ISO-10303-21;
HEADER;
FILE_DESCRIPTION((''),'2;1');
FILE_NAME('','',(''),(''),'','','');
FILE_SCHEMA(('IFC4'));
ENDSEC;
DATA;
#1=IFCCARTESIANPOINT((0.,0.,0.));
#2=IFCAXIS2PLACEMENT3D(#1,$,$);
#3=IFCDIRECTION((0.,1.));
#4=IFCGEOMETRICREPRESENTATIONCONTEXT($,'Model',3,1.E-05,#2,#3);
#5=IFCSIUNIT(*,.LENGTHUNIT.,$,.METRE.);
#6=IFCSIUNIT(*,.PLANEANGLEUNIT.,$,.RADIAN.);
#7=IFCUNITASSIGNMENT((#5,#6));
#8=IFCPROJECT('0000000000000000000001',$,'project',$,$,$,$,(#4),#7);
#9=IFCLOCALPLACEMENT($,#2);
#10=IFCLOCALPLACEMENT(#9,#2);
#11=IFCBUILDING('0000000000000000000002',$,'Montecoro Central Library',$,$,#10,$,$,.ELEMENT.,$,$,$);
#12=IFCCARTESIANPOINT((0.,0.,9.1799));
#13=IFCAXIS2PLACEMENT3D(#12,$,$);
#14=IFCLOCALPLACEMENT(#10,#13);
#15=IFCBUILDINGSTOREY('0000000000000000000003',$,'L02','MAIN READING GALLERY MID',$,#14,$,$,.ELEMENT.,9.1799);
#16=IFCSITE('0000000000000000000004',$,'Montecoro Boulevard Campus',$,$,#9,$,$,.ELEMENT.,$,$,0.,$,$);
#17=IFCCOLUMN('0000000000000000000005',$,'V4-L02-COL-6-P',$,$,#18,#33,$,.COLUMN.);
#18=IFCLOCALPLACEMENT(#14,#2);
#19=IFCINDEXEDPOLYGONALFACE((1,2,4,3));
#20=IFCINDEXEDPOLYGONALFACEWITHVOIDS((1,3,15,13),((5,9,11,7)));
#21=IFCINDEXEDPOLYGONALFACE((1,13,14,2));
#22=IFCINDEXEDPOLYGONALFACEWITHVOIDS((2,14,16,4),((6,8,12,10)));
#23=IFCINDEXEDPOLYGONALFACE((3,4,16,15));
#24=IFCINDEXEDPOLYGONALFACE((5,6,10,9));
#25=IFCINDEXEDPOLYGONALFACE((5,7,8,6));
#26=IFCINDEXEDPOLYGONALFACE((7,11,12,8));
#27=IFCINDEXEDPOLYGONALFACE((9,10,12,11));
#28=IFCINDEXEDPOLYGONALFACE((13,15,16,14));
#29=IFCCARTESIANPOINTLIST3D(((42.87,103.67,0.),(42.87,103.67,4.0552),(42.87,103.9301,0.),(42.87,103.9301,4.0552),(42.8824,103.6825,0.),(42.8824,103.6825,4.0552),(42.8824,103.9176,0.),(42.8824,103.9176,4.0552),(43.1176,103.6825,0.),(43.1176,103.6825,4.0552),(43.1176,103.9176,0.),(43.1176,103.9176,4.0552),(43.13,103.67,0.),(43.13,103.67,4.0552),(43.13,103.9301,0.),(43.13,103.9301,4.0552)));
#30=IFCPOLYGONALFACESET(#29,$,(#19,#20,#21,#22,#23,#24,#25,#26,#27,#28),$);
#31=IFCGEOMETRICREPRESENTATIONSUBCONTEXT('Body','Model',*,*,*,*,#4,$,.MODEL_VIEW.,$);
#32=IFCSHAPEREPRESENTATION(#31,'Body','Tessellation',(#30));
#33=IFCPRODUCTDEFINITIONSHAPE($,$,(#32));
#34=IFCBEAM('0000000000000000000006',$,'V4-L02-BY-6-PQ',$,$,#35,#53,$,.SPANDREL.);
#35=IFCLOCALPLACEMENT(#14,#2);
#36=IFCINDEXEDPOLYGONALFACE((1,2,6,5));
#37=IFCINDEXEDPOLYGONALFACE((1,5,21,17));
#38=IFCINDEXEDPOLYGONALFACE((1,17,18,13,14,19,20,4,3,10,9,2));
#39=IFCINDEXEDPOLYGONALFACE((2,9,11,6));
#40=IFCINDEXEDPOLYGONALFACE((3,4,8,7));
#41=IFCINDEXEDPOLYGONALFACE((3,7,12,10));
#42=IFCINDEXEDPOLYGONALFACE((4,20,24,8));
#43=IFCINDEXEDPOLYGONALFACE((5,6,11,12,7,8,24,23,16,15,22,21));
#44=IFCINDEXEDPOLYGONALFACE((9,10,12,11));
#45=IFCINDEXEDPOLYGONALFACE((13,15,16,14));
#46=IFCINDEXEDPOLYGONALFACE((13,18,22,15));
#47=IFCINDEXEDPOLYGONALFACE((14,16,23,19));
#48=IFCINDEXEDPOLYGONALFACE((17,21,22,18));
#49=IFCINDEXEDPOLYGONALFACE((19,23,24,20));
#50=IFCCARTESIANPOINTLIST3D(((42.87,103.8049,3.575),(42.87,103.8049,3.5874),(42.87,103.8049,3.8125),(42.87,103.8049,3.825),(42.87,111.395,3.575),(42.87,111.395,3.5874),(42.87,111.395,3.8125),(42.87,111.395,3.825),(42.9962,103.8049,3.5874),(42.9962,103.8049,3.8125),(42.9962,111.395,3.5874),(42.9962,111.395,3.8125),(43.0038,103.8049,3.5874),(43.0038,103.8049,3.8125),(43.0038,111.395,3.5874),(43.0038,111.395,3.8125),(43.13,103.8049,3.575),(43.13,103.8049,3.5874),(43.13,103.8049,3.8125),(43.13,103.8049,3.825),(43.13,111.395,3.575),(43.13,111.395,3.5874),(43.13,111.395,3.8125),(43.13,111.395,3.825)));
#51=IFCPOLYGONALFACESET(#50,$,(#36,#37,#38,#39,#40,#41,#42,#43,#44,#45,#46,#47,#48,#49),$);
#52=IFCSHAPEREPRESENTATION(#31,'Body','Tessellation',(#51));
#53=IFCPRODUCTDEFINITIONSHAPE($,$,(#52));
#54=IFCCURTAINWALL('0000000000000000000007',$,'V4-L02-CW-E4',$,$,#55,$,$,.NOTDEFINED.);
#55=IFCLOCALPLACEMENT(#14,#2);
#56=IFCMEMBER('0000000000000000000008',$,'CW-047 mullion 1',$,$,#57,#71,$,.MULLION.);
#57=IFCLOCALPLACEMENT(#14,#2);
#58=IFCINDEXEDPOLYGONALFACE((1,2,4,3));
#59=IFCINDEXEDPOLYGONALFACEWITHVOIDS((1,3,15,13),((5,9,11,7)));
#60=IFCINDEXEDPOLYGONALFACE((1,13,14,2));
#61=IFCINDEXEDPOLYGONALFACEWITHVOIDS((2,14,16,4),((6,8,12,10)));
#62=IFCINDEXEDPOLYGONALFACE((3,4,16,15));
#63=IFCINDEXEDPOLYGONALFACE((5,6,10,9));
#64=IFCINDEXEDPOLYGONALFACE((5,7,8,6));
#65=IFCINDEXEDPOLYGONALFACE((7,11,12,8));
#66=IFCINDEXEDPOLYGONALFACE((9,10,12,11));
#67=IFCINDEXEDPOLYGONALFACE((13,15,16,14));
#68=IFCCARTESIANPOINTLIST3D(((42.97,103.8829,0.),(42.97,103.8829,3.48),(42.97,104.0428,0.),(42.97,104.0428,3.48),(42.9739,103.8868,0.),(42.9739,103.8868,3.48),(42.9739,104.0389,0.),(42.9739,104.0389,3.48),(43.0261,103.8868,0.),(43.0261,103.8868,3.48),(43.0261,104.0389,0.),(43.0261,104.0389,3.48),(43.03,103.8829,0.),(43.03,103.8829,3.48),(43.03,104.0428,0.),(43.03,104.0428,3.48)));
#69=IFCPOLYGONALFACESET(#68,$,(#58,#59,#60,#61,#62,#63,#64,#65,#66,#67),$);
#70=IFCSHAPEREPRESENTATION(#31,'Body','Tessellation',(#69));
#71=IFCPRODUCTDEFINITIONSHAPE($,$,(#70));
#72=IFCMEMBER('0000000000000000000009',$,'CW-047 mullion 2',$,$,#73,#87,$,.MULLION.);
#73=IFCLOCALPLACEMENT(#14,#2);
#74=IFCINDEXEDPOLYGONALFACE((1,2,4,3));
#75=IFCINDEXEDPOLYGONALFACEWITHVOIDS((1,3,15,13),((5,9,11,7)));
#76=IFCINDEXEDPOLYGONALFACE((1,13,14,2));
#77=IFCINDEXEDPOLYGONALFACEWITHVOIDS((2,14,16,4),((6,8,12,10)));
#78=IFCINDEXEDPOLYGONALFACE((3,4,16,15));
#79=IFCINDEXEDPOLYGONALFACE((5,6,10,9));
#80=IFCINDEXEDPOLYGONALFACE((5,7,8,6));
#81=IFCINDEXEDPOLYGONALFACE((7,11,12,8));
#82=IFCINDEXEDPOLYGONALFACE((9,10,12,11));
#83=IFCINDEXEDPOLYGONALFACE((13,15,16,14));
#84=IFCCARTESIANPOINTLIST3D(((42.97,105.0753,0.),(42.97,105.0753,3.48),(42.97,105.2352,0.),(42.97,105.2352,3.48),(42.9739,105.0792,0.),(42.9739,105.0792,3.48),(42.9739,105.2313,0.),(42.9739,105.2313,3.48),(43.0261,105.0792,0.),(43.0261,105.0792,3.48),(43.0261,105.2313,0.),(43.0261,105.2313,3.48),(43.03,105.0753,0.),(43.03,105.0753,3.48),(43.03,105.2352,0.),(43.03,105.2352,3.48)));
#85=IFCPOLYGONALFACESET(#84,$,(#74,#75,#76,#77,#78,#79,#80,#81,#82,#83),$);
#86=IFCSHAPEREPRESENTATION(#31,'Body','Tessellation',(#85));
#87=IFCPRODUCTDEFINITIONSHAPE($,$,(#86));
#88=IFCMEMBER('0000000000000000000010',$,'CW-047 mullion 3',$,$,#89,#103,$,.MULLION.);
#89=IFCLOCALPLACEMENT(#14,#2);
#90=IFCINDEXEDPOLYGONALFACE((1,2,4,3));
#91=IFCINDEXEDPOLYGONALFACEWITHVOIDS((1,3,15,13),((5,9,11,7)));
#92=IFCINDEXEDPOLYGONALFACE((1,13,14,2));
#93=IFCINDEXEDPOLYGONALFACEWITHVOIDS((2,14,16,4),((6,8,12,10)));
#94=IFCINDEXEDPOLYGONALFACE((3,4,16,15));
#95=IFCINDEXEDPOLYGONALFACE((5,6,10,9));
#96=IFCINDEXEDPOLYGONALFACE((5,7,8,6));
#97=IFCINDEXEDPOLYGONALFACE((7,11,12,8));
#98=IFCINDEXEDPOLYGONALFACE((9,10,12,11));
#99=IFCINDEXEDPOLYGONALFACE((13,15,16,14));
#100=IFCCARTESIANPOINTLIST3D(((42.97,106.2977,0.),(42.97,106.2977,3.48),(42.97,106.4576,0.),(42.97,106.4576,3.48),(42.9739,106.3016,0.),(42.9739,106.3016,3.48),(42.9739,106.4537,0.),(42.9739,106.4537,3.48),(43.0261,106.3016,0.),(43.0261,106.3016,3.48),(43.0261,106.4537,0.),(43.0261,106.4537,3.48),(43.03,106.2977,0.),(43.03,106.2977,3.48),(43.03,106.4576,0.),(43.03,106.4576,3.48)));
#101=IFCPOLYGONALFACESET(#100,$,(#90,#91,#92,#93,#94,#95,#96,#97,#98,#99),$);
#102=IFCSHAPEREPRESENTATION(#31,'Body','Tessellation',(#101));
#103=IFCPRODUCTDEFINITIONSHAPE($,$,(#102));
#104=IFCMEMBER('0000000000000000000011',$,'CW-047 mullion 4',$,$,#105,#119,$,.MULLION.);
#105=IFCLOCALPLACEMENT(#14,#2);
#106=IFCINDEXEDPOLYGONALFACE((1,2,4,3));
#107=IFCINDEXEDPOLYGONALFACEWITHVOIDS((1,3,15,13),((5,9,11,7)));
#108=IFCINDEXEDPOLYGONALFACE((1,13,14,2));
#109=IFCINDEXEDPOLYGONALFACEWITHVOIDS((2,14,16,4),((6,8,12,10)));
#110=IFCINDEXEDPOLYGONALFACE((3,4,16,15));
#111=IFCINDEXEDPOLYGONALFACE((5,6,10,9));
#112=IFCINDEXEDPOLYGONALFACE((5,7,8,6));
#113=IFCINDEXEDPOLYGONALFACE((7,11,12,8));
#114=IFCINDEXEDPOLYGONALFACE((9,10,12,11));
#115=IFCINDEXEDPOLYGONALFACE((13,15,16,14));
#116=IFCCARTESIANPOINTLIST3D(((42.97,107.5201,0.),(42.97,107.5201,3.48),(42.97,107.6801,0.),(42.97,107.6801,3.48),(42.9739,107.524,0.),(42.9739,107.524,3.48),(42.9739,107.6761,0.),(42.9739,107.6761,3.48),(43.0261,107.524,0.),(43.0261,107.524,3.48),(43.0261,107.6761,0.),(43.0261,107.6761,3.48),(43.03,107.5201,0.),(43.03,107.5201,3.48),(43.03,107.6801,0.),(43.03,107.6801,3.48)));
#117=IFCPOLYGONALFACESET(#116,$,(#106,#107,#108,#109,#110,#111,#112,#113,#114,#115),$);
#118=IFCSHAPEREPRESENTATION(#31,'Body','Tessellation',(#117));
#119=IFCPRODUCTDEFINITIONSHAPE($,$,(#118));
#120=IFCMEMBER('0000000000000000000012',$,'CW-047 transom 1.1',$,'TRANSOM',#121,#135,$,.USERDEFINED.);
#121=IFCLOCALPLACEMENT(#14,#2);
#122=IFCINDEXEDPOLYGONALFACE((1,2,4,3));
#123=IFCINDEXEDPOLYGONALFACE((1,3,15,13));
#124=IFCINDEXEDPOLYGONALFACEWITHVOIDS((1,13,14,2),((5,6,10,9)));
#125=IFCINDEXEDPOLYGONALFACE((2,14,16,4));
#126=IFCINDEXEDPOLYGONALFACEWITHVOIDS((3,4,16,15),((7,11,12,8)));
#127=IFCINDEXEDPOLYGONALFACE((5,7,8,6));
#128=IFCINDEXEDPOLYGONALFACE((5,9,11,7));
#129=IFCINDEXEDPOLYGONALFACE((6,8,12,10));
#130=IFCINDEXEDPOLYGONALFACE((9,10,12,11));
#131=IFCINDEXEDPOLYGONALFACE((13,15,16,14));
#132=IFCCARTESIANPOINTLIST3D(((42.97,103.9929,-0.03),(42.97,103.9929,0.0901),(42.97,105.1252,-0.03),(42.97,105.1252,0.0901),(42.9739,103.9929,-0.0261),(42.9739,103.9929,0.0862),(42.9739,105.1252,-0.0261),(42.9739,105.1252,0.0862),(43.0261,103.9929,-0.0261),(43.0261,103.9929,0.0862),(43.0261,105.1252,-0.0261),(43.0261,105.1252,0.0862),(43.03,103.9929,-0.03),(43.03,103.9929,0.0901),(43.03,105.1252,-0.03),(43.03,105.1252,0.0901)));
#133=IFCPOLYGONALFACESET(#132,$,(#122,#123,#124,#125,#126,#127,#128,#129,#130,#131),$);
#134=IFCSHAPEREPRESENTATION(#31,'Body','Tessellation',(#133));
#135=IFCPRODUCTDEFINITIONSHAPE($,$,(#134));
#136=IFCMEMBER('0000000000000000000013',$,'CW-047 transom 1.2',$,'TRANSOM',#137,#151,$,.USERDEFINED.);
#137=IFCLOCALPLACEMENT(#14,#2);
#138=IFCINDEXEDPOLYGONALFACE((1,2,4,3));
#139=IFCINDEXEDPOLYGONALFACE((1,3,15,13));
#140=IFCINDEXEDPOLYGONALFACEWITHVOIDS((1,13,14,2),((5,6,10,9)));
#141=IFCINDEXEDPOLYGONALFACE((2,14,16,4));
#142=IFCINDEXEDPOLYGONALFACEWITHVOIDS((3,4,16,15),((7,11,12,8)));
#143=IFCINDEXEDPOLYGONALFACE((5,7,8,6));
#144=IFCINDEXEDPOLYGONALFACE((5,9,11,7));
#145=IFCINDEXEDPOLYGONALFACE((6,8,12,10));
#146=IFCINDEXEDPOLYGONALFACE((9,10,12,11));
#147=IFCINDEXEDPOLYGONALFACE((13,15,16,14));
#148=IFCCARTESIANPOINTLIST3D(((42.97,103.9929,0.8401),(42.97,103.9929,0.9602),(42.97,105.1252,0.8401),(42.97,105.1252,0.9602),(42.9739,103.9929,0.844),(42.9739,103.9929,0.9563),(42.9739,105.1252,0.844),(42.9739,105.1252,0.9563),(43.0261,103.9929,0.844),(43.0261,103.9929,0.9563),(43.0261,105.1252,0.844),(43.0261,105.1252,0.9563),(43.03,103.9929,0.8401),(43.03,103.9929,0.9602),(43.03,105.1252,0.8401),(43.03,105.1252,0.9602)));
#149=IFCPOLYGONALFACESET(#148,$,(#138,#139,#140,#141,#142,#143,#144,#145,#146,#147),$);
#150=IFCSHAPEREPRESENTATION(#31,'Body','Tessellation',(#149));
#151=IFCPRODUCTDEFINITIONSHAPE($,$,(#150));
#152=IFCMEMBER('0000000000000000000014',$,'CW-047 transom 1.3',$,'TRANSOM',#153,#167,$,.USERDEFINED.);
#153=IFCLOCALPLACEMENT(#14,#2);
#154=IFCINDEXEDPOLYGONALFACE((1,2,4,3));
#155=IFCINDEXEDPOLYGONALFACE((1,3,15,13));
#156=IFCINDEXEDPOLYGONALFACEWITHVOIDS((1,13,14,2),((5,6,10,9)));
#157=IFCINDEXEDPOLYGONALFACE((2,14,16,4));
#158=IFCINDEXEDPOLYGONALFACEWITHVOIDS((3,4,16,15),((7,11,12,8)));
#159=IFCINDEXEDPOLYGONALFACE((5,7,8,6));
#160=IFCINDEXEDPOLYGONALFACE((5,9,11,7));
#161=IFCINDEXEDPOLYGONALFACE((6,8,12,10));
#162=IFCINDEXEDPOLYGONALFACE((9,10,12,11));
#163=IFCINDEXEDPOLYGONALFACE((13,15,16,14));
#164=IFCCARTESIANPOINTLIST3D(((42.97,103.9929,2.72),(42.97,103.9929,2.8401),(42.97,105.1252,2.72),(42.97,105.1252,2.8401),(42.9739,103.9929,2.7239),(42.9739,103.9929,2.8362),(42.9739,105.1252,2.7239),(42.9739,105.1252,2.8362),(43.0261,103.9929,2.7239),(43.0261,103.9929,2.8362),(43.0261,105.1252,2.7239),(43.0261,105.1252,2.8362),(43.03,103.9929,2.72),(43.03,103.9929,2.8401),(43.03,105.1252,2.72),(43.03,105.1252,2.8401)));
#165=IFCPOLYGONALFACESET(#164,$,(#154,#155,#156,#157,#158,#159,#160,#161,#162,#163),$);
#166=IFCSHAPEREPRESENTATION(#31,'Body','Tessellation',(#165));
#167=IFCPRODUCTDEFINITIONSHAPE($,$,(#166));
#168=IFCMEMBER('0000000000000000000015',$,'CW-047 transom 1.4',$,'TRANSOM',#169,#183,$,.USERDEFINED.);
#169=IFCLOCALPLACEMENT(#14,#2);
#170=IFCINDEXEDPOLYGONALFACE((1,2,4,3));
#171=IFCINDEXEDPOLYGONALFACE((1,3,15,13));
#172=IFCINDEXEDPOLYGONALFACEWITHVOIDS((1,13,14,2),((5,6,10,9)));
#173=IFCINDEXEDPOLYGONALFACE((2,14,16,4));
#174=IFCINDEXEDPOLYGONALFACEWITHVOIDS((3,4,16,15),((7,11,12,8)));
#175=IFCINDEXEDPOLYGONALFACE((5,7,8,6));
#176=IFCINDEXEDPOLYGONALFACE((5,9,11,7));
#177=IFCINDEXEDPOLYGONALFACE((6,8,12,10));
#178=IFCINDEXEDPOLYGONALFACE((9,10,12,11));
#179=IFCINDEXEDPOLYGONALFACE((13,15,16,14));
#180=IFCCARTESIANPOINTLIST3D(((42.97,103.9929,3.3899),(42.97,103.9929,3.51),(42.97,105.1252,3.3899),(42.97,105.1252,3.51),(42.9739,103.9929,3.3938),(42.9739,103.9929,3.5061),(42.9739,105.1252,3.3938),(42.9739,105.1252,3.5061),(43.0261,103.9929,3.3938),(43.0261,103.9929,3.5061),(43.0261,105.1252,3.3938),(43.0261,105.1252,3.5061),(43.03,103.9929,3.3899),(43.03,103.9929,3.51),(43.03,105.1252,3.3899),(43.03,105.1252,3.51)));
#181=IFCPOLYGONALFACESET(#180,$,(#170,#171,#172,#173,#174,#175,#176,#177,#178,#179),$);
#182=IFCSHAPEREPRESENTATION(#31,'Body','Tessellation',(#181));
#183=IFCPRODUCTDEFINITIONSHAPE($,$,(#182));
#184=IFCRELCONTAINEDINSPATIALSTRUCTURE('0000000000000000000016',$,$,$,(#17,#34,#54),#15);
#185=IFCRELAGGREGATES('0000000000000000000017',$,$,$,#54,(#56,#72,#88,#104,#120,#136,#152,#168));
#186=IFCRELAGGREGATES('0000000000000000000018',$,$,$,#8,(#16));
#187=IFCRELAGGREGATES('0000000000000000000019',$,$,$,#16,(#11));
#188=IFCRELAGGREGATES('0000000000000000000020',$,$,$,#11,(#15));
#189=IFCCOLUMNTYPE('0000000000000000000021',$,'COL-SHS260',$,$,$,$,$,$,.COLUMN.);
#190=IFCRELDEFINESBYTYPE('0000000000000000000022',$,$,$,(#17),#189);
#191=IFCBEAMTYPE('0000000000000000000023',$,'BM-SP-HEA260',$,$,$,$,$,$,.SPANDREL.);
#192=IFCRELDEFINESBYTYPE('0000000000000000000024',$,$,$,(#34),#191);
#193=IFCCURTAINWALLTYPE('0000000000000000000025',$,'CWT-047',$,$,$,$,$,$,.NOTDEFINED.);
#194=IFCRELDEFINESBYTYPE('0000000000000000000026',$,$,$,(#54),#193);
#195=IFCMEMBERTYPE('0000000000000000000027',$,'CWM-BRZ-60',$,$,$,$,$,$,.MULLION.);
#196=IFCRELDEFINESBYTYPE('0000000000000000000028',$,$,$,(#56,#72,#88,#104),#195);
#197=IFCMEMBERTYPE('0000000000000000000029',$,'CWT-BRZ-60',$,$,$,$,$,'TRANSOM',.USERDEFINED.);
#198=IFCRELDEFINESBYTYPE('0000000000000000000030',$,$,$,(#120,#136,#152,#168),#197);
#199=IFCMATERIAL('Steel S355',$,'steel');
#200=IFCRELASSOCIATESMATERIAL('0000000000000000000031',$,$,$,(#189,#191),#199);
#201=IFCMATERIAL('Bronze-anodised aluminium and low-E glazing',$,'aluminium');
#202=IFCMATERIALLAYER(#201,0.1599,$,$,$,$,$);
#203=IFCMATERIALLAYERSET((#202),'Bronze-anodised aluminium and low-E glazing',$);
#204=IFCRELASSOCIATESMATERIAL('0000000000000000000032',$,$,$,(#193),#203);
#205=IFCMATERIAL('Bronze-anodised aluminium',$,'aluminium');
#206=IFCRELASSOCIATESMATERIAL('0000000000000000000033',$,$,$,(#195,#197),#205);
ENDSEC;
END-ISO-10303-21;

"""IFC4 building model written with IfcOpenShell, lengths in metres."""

from ifc_helpers import new_model, si_unit, direction, frame, origin, origin_2d, place, context, subcontext, project, spatial, hollow_rectangle, i_section, extrude, material, layer, layer_set, material_profile, profile_set, type_object, element, aggregate, save


model = new_model("IFC4")

# Units and contexts
model_context = context("Model", 3, precision=1e-05, world=origin(), true_north=direction((0.0, 1.0)))
body_context = subcontext(model_context, "Body", "Model", "MODEL_VIEW")
ifc_project = project(units=[si_unit("LENGTHUNIT", "METRE"), si_unit("PLANEANGLEUNIT", "RADIAN")], contexts=[model_context])

# Site, building, storey
site_placement = place(None, origin())
site = spatial("IfcSite", under=ifc_project, at=site_placement, Name="Montecoro Boulevard Campus", CompositionType="ELEMENT", RefElevation=0.0)
building_placement = place(site_placement, origin())
building = spatial("IfcBuilding", under=site, at=building_placement, Name="Montecoro Central Library", CompositionType="ELEMENT")
storey_placement = place(building_placement, frame((0.0, 0.0, 9.1799)))
storey = spatial("IfcBuildingStorey", under=building, at=storey_placement, Name="L02", Description="MAIN READING GALLERY MID", CompositionType="ELEMENT", Elevation=9.1799)

# Column
ifc_material_1 = material(Name="Steel S355", Category="steel")
ifc_material_profile_1 = material_profile(ifc_material_1, hollow_rectangle(XDim=0.26, YDim=0.26, WallThickness=0.0125, at=origin_2d()), Name="SHS 260x260x12.5")
ifc_profile_set_1 = profile_set([ifc_material_profile_1], Name="Steel S355")
column_type = type_object("IfcColumnType", Name="COL-SHS260", PredefinedType="COLUMN", material=ifc_profile_set_1)
column_placement = place(storey_placement, frame((43.0, 103.8, 0.0), z_axis=(0.0, 0.0, 1.0), x_axis=(1.0, 0.0, 0.0)))
element("IfcColumn", 1, at=column_placement, inside=storey, type_object=column_type, Name="V4-L02-COL-6-P", PredefinedType="COLUMN", context=body_context, shape_type="SweptSolid", body=[
    extrude(hollow_rectangle(XDim=0.26, YDim=0.26, WallThickness=0.0125, at=origin_2d()), origin(), (0.0, 0.0, 1.0), 4.0552),
])

# Beam
ifc_material_profile_2 = material_profile(ifc_material_1, i_section(OverallWidth=0.26, OverallDepth=0.25, WebThickness=0.0076, FlangeThickness=0.0125, at=origin_2d()), Name="HEA 260")
ifc_profile_set_2 = profile_set([ifc_material_profile_2], Name="Steel S355")
beam_type = type_object("IfcBeamType", Name="BM-SP-HEA260", PredefinedType="SPANDREL", material=ifc_profile_set_2)
beam_placement = place(storey_placement, frame((43.0, 103.8049, 3.7), z_axis=(0.0, 1.0, 0.0), x_axis=(-1.0, 0.0, 0.0)))
element("IfcBeam", 2, at=beam_placement, inside=storey, type_object=beam_type, Name="V4-L02-BY-6-PQ", PredefinedType="SPANDREL", context=body_context, shape_type="SweptSolid", body=[
    extrude(i_section(OverallWidth=0.26, OverallDepth=0.25, WebThickness=0.0076, FlangeThickness=0.0125, at=origin_2d()), origin(), (0.0, 0.0, 1.0), 7.5901),
])

# Curtain wall, members
ifc_material_2 = material(Name="Bronze-anodised aluminium and low-E glazing", Category="aluminium")
ifc_layer_1 = layer(ifc_material_2, 0.1599)
ifc_layer_set_1 = layer_set([ifc_layer_1], Name="Bronze-anodised aluminium and low-E glazing")
curtain_wall_type = type_object("IfcCurtainWallType", Name="CWT-047", PredefinedType="NOTDEFINED", material=ifc_layer_set_1)
curtain_wall_placement = place(storey_placement, origin())
curtain_wall = element("IfcCurtainWall", 3, at=curtain_wall_placement, inside=storey, type_object=curtain_wall_type, Name="V4-L02-CW-E4", PredefinedType="NOTDEFINED")
ifc_material_3 = material(Name="Bronze-anodised aluminium", Category="aluminium")
ifc_material_profile_3 = material_profile(ifc_material_3, hollow_rectangle(XDim=0.0601, YDim=0.1599, WallThickness=0.0039, at=origin_2d()), Name="CWM 160x60x4.0")
ifc_profile_set_3 = profile_set([ifc_material_profile_3], Name="Bronze-anodised aluminium")
member_type_1 = type_object("IfcMemberType", Name="CWM-BRZ-60", PredefinedType="MULLION", material=ifc_profile_set_3)
member_1_placement = place(storey_placement, frame((43.0, 103.9629, 0.0), z_axis=(0.0, 0.0, 1.0), x_axis=(-1.0, 0.0, 0.0)))
member_1 = element("IfcMember", 4, at=member_1_placement, type_object=member_type_1, Name="CW-047 mullion 1", PredefinedType="MULLION", context=body_context, shape_type="SweptSolid", body=[
    extrude(hollow_rectangle(XDim=0.0601, YDim=0.1599, WallThickness=0.0039, at=origin_2d()), origin(), (0.0, 0.0, 1.0), 3.48),
])
member_2_placement = place(storey_placement, frame((43.0, 105.1553, 0.0), z_axis=(0.0, 0.0, 1.0), x_axis=(-1.0, 0.0, 0.0)))
member_2 = element("IfcMember", 5, at=member_2_placement, type_object=member_type_1, Name="CW-047 mullion 2", PredefinedType="MULLION", context=body_context, shape_type="SweptSolid", body=[
    extrude(hollow_rectangle(XDim=0.0601, YDim=0.1599, WallThickness=0.0039, at=origin_2d()), origin(), (0.0, 0.0, 1.0), 3.48),
])
member_3_placement = place(storey_placement, frame((43.0, 106.3777, 0.0), z_axis=(0.0, 0.0, 1.0), x_axis=(-1.0, 0.0, 0.0)))
member_3 = element("IfcMember", 6, at=member_3_placement, type_object=member_type_1, Name="CW-047 mullion 3", PredefinedType="MULLION", context=body_context, shape_type="SweptSolid", body=[
    extrude(hollow_rectangle(XDim=0.0601, YDim=0.1599, WallThickness=0.0039, at=origin_2d()), origin(), (0.0, 0.0, 1.0), 3.48),
])
member_4_placement = place(storey_placement, frame((43.0, 107.6001, 0.0), z_axis=(0.0, 0.0, 1.0), x_axis=(-1.0, 0.0, 0.0)))
member_4 = element("IfcMember", 7, at=member_4_placement, type_object=member_type_1, Name="CW-047 mullion 4", PredefinedType="MULLION", context=body_context, shape_type="SweptSolid", body=[
    extrude(hollow_rectangle(XDim=0.0601, YDim=0.1599, WallThickness=0.0039, at=origin_2d()), origin(), (0.0, 0.0, 1.0), 3.48),
])
ifc_material_profile_4 = material_profile(ifc_material_3, hollow_rectangle(XDim=0.0601, YDim=0.1201, WallThickness=0.0039, at=origin_2d()), Name="CWT 120x60x4.0")
ifc_profile_set_4 = profile_set([ifc_material_profile_4], Name="Bronze-anodised aluminium")
member_type_2 = type_object("IfcMemberType", Name="CWT-BRZ-60", ElementType="TRANSOM", PredefinedType="USERDEFINED", material=ifc_profile_set_4)
member_5_placement = place(storey_placement, frame((43.0, 103.9929, 0.03), z_axis=(0.0, 1.0, 0.0), x_axis=(-1.0, 0.0, 0.0)))
member_5 = element("IfcMember", 8, at=member_5_placement, type_object=member_type_2, Name="CW-047 transom 1.1", ObjectType="TRANSOM", PredefinedType="USERDEFINED", context=body_context, shape_type="SweptSolid", body=[
    extrude(hollow_rectangle(XDim=0.0601, YDim=0.1201, WallThickness=0.0039, at=origin_2d()), origin(), (0.0, 0.0, 1.0), 1.1323),
])
member_6_placement = place(storey_placement, frame((43.0, 103.9929, 0.9001), z_axis=(0.0, 1.0, 0.0), x_axis=(-1.0, 0.0, 0.0)))
member_6 = element("IfcMember", 9, at=member_6_placement, type_object=member_type_2, Name="CW-047 transom 1.2", ObjectType="TRANSOM", PredefinedType="USERDEFINED", context=body_context, shape_type="SweptSolid", body=[
    extrude(hollow_rectangle(XDim=0.0601, YDim=0.1201, WallThickness=0.0039, at=origin_2d()), origin(), (0.0, 0.0, 1.0), 1.1323),
])
member_7_placement = place(storey_placement, frame((43.0, 103.9929, 2.78), z_axis=(0.0, 1.0, 0.0), x_axis=(-1.0, 0.0, 0.0)))
member_7 = element("IfcMember", 10, at=member_7_placement, type_object=member_type_2, Name="CW-047 transom 1.3", ObjectType="TRANSOM", PredefinedType="USERDEFINED", context=body_context, shape_type="SweptSolid", body=[
    extrude(hollow_rectangle(XDim=0.0601, YDim=0.1201, WallThickness=0.0039, at=origin_2d()), origin(), (0.0, 0.0, 1.0), 1.1323),
])
member_8_placement = place(storey_placement, frame((43.0, 103.9929, 3.45), z_axis=(0.0, 1.0, 0.0), x_axis=(-1.0, 0.0, 0.0)))
member_8 = element("IfcMember", 11, at=member_8_placement, type_object=member_type_2, Name="CW-047 transom 1.4", ObjectType="TRANSOM", PredefinedType="USERDEFINED", context=body_context, shape_type="SweptSolid", body=[
    extrude(hollow_rectangle(XDim=0.0601, YDim=0.1201, WallThickness=0.0039, at=origin_2d()), origin(), (0.0, 0.0, 1.0), 1.1323),
])
aggregate(curtain_wall, [member_1, member_2, member_3, member_4, member_5, member_6, member_7, member_8])

save(model, "model.ifc")
